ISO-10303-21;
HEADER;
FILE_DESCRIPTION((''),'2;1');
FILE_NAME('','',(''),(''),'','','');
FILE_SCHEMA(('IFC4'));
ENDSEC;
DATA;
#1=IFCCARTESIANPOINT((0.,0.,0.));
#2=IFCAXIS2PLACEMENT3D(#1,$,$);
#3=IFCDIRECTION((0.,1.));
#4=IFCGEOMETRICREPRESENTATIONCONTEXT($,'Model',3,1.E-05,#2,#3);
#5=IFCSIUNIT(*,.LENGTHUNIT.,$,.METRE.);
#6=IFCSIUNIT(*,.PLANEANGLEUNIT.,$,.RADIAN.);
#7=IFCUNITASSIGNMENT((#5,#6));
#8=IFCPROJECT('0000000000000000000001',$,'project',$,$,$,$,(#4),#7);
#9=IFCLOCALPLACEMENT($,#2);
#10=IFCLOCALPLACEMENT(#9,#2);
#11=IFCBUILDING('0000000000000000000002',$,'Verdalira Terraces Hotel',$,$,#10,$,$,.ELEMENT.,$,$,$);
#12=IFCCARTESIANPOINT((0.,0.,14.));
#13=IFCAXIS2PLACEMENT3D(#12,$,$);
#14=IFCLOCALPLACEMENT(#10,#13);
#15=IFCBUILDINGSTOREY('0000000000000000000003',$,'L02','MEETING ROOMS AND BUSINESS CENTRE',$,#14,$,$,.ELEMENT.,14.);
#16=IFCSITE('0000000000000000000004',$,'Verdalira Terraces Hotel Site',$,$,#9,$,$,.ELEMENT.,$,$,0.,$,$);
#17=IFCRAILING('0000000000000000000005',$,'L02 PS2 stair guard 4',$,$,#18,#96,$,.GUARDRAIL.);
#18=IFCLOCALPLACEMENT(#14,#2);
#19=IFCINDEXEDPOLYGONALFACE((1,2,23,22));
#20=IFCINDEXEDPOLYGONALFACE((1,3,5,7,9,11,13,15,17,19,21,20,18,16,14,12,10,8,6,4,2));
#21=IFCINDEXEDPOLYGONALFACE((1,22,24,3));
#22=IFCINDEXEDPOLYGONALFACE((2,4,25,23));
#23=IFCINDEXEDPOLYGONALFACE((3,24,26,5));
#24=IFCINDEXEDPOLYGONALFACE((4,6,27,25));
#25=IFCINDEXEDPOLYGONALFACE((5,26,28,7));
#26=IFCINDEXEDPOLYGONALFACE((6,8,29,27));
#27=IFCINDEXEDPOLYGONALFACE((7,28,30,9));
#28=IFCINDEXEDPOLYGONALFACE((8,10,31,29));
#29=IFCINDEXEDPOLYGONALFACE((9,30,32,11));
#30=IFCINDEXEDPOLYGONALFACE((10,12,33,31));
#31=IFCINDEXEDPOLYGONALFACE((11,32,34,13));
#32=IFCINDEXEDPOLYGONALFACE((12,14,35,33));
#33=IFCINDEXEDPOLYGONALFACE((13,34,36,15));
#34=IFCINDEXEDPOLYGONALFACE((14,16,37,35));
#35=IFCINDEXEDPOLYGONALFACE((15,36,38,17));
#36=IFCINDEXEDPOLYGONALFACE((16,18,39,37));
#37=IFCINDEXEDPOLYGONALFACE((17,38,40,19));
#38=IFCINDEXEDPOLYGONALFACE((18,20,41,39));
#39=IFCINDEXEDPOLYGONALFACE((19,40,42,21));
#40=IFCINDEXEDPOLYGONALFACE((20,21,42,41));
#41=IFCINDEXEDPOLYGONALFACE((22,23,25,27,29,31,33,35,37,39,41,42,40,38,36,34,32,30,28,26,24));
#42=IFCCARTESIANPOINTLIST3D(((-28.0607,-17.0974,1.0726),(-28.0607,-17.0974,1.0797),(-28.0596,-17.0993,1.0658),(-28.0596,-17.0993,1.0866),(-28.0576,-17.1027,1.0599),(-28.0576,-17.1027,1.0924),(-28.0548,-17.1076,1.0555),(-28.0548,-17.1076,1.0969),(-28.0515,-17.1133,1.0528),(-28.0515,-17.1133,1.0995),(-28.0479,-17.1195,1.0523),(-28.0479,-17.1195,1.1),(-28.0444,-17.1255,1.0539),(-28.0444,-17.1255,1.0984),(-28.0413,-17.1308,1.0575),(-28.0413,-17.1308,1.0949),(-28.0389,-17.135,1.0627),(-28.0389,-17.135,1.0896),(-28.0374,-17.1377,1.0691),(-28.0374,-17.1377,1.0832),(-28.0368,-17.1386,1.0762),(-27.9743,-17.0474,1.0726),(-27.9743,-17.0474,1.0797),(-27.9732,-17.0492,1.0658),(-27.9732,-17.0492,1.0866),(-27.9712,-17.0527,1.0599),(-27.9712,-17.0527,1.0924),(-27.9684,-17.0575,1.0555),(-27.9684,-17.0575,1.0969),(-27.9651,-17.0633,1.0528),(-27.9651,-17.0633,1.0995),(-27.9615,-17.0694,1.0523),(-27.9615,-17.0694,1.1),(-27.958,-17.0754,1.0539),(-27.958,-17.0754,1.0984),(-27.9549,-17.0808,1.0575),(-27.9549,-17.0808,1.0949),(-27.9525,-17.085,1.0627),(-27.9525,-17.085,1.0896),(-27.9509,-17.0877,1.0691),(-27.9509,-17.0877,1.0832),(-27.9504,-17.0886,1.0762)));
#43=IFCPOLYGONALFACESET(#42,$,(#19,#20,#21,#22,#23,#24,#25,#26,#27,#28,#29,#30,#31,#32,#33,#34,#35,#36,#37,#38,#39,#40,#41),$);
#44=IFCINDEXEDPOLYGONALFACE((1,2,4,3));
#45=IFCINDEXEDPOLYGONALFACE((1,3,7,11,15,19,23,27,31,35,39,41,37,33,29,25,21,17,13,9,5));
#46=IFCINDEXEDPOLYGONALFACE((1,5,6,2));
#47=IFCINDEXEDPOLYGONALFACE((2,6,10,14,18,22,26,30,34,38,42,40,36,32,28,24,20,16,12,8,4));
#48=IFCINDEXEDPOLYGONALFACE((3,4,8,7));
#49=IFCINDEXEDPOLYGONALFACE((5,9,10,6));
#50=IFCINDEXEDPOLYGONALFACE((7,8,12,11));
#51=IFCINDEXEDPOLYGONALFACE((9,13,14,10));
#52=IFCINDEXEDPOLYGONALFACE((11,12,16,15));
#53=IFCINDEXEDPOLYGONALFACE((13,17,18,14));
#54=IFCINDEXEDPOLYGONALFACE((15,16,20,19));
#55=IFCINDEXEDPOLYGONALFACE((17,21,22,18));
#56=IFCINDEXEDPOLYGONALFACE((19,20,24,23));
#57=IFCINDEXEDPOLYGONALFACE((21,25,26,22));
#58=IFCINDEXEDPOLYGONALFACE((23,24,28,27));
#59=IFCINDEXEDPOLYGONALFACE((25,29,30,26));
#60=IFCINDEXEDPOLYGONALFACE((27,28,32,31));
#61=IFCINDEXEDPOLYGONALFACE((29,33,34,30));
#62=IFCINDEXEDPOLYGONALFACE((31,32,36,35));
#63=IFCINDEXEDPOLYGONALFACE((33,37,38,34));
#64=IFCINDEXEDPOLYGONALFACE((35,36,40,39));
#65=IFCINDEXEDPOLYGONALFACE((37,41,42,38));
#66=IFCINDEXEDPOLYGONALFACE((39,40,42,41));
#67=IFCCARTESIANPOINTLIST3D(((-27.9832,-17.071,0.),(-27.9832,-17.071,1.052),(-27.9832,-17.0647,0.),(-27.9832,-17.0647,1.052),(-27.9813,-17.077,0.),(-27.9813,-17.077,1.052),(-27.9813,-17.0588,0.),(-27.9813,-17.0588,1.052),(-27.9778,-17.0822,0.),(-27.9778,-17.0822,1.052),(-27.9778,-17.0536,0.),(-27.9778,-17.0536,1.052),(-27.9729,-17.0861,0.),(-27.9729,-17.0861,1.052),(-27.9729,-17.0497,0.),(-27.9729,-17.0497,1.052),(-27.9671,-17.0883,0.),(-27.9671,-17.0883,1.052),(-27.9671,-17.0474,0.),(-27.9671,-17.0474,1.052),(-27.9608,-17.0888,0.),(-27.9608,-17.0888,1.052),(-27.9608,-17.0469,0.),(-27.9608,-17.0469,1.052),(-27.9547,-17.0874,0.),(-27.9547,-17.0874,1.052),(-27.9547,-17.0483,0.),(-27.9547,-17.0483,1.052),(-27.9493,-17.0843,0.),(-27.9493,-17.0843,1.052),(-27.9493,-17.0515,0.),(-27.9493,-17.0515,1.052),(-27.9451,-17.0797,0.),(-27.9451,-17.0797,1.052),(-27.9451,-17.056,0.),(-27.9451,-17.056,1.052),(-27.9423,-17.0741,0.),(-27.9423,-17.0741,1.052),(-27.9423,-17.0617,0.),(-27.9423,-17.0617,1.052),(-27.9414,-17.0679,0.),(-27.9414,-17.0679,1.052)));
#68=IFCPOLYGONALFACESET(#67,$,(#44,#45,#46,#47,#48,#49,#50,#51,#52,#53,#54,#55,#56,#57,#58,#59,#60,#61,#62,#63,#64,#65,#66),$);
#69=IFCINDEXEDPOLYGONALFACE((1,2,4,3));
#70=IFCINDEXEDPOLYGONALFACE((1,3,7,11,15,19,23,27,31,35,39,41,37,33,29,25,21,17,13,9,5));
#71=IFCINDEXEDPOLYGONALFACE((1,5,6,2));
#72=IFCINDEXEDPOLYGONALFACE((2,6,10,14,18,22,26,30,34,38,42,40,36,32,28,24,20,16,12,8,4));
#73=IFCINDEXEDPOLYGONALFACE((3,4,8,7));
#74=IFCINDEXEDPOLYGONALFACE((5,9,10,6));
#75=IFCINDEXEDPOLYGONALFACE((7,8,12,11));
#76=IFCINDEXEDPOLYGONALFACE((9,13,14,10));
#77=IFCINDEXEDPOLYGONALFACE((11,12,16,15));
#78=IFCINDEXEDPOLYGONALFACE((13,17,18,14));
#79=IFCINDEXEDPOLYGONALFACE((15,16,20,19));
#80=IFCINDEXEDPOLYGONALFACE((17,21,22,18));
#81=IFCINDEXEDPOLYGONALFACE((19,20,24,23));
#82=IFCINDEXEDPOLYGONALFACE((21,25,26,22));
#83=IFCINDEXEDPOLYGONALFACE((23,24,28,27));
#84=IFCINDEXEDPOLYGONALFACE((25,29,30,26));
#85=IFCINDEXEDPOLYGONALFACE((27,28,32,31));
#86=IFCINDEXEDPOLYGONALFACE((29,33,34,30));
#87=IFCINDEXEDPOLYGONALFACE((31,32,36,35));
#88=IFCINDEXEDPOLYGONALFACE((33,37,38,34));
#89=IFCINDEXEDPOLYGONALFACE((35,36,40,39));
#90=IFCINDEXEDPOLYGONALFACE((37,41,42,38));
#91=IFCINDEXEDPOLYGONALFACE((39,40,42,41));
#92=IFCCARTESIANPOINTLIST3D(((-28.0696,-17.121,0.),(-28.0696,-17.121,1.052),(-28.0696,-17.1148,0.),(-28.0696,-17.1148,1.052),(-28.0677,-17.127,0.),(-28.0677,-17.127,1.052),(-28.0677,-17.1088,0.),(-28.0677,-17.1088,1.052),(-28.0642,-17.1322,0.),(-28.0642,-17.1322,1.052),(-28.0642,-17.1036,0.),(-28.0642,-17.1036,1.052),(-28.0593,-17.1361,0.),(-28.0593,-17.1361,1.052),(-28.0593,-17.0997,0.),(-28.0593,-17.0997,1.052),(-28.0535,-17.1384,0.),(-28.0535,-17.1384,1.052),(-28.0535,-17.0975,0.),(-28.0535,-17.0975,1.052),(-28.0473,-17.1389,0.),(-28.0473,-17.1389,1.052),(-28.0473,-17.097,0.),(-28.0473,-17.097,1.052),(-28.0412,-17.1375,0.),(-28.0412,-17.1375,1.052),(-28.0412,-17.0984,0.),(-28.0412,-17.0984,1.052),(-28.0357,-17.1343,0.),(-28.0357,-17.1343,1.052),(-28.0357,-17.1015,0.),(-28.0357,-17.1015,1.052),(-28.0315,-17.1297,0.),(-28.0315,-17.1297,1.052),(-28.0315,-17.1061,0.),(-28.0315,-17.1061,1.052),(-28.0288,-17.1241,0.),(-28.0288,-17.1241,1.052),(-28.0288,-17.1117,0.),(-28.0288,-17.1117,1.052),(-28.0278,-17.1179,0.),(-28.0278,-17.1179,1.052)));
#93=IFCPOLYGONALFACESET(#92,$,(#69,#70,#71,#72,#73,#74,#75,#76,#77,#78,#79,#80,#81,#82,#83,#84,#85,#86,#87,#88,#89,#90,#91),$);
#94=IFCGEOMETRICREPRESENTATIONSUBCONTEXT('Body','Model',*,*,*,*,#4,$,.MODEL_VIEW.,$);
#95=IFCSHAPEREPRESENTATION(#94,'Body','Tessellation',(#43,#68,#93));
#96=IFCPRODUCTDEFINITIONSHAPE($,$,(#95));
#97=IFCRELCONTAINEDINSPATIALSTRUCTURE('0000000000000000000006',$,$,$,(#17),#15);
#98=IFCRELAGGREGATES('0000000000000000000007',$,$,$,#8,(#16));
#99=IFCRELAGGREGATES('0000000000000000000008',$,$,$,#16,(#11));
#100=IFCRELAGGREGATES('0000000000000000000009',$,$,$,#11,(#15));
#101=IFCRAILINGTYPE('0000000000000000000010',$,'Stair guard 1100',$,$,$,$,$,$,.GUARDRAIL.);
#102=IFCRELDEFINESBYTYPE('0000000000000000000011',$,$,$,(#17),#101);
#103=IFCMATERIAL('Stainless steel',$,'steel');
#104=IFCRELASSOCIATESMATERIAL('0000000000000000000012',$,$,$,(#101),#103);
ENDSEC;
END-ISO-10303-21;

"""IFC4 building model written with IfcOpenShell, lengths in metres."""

from ifc_helpers import new_model, si_unit, direction, frame, origin, origin_2d, place, context, subcontext, project, spatial, circle, extrude, material, type_object, element, save


model = new_model("IFC4")

# Units and contexts
model_context = context("Model", 3, precision=1e-05, world=origin(), true_north=direction((0.0, 1.0)))
body_context = subcontext(model_context, "Body", "Model", "MODEL_VIEW")
ifc_project = project(units=[si_unit("LENGTHUNIT", "METRE"), si_unit("PLANEANGLEUNIT", "RADIAN")], contexts=[model_context])

# Site, building, storey
site_placement = place(None, origin())
site = spatial("IfcSite", under=ifc_project, at=site_placement, Name="Verdalira Terraces Hotel Site", CompositionType="ELEMENT", RefElevation=0.0)
building_placement = place(site_placement, origin())
building = spatial("IfcBuilding", under=site, at=building_placement, Name="Verdalira Terraces Hotel", CompositionType="ELEMENT")
storey_placement = place(building_placement, frame((0.0, 0.0, 14.0)))
storey = spatial("IfcBuildingStorey", under=building, at=storey_placement, Name="L02", Description="MEETING ROOMS AND BUSINESS CENTRE", CompositionType="ELEMENT", Elevation=14.0)

# Railing
ifc_material_1 = material(Name="Stainless steel", Category="steel")
railing_type_1 = type_object("IfcRailingType", Name="Stair guard 1100", PredefinedType="GUARDRAIL", material=ifc_material_1)
railing_1_placement = place(storey_placement, frame((-27.9624, -17.0679, 0.0)))
element("IfcRailing", 1, at=railing_1_placement, inside=storey, type_object=railing_type_1, Name="L02 PS2 stair guard 4", PredefinedType="GUARDRAIL", context=body_context, shape_type="SweptSolid", body=[
    extrude(circle(Radius=0.0239, at=origin_2d()), frame((0.0, 0.0, 1.0762), z_axis=(-0.86537, -0.501133, 0.0), x_axis=(0.501133, -0.86537, 0.0)), (0.0, 0.0, 1.0), 0.0999),
    extrude(circle(Radius=0.021, at=origin_2d()), origin(), (0.0, 0.0, 1.0), 1.052),
    extrude(circle(Radius=0.021, at=origin_2d()), frame((-0.0864, -0.05, 0.0)), (0.0, 0.0, 1.0), 1.052),
])

save(model, "model.ifc")
